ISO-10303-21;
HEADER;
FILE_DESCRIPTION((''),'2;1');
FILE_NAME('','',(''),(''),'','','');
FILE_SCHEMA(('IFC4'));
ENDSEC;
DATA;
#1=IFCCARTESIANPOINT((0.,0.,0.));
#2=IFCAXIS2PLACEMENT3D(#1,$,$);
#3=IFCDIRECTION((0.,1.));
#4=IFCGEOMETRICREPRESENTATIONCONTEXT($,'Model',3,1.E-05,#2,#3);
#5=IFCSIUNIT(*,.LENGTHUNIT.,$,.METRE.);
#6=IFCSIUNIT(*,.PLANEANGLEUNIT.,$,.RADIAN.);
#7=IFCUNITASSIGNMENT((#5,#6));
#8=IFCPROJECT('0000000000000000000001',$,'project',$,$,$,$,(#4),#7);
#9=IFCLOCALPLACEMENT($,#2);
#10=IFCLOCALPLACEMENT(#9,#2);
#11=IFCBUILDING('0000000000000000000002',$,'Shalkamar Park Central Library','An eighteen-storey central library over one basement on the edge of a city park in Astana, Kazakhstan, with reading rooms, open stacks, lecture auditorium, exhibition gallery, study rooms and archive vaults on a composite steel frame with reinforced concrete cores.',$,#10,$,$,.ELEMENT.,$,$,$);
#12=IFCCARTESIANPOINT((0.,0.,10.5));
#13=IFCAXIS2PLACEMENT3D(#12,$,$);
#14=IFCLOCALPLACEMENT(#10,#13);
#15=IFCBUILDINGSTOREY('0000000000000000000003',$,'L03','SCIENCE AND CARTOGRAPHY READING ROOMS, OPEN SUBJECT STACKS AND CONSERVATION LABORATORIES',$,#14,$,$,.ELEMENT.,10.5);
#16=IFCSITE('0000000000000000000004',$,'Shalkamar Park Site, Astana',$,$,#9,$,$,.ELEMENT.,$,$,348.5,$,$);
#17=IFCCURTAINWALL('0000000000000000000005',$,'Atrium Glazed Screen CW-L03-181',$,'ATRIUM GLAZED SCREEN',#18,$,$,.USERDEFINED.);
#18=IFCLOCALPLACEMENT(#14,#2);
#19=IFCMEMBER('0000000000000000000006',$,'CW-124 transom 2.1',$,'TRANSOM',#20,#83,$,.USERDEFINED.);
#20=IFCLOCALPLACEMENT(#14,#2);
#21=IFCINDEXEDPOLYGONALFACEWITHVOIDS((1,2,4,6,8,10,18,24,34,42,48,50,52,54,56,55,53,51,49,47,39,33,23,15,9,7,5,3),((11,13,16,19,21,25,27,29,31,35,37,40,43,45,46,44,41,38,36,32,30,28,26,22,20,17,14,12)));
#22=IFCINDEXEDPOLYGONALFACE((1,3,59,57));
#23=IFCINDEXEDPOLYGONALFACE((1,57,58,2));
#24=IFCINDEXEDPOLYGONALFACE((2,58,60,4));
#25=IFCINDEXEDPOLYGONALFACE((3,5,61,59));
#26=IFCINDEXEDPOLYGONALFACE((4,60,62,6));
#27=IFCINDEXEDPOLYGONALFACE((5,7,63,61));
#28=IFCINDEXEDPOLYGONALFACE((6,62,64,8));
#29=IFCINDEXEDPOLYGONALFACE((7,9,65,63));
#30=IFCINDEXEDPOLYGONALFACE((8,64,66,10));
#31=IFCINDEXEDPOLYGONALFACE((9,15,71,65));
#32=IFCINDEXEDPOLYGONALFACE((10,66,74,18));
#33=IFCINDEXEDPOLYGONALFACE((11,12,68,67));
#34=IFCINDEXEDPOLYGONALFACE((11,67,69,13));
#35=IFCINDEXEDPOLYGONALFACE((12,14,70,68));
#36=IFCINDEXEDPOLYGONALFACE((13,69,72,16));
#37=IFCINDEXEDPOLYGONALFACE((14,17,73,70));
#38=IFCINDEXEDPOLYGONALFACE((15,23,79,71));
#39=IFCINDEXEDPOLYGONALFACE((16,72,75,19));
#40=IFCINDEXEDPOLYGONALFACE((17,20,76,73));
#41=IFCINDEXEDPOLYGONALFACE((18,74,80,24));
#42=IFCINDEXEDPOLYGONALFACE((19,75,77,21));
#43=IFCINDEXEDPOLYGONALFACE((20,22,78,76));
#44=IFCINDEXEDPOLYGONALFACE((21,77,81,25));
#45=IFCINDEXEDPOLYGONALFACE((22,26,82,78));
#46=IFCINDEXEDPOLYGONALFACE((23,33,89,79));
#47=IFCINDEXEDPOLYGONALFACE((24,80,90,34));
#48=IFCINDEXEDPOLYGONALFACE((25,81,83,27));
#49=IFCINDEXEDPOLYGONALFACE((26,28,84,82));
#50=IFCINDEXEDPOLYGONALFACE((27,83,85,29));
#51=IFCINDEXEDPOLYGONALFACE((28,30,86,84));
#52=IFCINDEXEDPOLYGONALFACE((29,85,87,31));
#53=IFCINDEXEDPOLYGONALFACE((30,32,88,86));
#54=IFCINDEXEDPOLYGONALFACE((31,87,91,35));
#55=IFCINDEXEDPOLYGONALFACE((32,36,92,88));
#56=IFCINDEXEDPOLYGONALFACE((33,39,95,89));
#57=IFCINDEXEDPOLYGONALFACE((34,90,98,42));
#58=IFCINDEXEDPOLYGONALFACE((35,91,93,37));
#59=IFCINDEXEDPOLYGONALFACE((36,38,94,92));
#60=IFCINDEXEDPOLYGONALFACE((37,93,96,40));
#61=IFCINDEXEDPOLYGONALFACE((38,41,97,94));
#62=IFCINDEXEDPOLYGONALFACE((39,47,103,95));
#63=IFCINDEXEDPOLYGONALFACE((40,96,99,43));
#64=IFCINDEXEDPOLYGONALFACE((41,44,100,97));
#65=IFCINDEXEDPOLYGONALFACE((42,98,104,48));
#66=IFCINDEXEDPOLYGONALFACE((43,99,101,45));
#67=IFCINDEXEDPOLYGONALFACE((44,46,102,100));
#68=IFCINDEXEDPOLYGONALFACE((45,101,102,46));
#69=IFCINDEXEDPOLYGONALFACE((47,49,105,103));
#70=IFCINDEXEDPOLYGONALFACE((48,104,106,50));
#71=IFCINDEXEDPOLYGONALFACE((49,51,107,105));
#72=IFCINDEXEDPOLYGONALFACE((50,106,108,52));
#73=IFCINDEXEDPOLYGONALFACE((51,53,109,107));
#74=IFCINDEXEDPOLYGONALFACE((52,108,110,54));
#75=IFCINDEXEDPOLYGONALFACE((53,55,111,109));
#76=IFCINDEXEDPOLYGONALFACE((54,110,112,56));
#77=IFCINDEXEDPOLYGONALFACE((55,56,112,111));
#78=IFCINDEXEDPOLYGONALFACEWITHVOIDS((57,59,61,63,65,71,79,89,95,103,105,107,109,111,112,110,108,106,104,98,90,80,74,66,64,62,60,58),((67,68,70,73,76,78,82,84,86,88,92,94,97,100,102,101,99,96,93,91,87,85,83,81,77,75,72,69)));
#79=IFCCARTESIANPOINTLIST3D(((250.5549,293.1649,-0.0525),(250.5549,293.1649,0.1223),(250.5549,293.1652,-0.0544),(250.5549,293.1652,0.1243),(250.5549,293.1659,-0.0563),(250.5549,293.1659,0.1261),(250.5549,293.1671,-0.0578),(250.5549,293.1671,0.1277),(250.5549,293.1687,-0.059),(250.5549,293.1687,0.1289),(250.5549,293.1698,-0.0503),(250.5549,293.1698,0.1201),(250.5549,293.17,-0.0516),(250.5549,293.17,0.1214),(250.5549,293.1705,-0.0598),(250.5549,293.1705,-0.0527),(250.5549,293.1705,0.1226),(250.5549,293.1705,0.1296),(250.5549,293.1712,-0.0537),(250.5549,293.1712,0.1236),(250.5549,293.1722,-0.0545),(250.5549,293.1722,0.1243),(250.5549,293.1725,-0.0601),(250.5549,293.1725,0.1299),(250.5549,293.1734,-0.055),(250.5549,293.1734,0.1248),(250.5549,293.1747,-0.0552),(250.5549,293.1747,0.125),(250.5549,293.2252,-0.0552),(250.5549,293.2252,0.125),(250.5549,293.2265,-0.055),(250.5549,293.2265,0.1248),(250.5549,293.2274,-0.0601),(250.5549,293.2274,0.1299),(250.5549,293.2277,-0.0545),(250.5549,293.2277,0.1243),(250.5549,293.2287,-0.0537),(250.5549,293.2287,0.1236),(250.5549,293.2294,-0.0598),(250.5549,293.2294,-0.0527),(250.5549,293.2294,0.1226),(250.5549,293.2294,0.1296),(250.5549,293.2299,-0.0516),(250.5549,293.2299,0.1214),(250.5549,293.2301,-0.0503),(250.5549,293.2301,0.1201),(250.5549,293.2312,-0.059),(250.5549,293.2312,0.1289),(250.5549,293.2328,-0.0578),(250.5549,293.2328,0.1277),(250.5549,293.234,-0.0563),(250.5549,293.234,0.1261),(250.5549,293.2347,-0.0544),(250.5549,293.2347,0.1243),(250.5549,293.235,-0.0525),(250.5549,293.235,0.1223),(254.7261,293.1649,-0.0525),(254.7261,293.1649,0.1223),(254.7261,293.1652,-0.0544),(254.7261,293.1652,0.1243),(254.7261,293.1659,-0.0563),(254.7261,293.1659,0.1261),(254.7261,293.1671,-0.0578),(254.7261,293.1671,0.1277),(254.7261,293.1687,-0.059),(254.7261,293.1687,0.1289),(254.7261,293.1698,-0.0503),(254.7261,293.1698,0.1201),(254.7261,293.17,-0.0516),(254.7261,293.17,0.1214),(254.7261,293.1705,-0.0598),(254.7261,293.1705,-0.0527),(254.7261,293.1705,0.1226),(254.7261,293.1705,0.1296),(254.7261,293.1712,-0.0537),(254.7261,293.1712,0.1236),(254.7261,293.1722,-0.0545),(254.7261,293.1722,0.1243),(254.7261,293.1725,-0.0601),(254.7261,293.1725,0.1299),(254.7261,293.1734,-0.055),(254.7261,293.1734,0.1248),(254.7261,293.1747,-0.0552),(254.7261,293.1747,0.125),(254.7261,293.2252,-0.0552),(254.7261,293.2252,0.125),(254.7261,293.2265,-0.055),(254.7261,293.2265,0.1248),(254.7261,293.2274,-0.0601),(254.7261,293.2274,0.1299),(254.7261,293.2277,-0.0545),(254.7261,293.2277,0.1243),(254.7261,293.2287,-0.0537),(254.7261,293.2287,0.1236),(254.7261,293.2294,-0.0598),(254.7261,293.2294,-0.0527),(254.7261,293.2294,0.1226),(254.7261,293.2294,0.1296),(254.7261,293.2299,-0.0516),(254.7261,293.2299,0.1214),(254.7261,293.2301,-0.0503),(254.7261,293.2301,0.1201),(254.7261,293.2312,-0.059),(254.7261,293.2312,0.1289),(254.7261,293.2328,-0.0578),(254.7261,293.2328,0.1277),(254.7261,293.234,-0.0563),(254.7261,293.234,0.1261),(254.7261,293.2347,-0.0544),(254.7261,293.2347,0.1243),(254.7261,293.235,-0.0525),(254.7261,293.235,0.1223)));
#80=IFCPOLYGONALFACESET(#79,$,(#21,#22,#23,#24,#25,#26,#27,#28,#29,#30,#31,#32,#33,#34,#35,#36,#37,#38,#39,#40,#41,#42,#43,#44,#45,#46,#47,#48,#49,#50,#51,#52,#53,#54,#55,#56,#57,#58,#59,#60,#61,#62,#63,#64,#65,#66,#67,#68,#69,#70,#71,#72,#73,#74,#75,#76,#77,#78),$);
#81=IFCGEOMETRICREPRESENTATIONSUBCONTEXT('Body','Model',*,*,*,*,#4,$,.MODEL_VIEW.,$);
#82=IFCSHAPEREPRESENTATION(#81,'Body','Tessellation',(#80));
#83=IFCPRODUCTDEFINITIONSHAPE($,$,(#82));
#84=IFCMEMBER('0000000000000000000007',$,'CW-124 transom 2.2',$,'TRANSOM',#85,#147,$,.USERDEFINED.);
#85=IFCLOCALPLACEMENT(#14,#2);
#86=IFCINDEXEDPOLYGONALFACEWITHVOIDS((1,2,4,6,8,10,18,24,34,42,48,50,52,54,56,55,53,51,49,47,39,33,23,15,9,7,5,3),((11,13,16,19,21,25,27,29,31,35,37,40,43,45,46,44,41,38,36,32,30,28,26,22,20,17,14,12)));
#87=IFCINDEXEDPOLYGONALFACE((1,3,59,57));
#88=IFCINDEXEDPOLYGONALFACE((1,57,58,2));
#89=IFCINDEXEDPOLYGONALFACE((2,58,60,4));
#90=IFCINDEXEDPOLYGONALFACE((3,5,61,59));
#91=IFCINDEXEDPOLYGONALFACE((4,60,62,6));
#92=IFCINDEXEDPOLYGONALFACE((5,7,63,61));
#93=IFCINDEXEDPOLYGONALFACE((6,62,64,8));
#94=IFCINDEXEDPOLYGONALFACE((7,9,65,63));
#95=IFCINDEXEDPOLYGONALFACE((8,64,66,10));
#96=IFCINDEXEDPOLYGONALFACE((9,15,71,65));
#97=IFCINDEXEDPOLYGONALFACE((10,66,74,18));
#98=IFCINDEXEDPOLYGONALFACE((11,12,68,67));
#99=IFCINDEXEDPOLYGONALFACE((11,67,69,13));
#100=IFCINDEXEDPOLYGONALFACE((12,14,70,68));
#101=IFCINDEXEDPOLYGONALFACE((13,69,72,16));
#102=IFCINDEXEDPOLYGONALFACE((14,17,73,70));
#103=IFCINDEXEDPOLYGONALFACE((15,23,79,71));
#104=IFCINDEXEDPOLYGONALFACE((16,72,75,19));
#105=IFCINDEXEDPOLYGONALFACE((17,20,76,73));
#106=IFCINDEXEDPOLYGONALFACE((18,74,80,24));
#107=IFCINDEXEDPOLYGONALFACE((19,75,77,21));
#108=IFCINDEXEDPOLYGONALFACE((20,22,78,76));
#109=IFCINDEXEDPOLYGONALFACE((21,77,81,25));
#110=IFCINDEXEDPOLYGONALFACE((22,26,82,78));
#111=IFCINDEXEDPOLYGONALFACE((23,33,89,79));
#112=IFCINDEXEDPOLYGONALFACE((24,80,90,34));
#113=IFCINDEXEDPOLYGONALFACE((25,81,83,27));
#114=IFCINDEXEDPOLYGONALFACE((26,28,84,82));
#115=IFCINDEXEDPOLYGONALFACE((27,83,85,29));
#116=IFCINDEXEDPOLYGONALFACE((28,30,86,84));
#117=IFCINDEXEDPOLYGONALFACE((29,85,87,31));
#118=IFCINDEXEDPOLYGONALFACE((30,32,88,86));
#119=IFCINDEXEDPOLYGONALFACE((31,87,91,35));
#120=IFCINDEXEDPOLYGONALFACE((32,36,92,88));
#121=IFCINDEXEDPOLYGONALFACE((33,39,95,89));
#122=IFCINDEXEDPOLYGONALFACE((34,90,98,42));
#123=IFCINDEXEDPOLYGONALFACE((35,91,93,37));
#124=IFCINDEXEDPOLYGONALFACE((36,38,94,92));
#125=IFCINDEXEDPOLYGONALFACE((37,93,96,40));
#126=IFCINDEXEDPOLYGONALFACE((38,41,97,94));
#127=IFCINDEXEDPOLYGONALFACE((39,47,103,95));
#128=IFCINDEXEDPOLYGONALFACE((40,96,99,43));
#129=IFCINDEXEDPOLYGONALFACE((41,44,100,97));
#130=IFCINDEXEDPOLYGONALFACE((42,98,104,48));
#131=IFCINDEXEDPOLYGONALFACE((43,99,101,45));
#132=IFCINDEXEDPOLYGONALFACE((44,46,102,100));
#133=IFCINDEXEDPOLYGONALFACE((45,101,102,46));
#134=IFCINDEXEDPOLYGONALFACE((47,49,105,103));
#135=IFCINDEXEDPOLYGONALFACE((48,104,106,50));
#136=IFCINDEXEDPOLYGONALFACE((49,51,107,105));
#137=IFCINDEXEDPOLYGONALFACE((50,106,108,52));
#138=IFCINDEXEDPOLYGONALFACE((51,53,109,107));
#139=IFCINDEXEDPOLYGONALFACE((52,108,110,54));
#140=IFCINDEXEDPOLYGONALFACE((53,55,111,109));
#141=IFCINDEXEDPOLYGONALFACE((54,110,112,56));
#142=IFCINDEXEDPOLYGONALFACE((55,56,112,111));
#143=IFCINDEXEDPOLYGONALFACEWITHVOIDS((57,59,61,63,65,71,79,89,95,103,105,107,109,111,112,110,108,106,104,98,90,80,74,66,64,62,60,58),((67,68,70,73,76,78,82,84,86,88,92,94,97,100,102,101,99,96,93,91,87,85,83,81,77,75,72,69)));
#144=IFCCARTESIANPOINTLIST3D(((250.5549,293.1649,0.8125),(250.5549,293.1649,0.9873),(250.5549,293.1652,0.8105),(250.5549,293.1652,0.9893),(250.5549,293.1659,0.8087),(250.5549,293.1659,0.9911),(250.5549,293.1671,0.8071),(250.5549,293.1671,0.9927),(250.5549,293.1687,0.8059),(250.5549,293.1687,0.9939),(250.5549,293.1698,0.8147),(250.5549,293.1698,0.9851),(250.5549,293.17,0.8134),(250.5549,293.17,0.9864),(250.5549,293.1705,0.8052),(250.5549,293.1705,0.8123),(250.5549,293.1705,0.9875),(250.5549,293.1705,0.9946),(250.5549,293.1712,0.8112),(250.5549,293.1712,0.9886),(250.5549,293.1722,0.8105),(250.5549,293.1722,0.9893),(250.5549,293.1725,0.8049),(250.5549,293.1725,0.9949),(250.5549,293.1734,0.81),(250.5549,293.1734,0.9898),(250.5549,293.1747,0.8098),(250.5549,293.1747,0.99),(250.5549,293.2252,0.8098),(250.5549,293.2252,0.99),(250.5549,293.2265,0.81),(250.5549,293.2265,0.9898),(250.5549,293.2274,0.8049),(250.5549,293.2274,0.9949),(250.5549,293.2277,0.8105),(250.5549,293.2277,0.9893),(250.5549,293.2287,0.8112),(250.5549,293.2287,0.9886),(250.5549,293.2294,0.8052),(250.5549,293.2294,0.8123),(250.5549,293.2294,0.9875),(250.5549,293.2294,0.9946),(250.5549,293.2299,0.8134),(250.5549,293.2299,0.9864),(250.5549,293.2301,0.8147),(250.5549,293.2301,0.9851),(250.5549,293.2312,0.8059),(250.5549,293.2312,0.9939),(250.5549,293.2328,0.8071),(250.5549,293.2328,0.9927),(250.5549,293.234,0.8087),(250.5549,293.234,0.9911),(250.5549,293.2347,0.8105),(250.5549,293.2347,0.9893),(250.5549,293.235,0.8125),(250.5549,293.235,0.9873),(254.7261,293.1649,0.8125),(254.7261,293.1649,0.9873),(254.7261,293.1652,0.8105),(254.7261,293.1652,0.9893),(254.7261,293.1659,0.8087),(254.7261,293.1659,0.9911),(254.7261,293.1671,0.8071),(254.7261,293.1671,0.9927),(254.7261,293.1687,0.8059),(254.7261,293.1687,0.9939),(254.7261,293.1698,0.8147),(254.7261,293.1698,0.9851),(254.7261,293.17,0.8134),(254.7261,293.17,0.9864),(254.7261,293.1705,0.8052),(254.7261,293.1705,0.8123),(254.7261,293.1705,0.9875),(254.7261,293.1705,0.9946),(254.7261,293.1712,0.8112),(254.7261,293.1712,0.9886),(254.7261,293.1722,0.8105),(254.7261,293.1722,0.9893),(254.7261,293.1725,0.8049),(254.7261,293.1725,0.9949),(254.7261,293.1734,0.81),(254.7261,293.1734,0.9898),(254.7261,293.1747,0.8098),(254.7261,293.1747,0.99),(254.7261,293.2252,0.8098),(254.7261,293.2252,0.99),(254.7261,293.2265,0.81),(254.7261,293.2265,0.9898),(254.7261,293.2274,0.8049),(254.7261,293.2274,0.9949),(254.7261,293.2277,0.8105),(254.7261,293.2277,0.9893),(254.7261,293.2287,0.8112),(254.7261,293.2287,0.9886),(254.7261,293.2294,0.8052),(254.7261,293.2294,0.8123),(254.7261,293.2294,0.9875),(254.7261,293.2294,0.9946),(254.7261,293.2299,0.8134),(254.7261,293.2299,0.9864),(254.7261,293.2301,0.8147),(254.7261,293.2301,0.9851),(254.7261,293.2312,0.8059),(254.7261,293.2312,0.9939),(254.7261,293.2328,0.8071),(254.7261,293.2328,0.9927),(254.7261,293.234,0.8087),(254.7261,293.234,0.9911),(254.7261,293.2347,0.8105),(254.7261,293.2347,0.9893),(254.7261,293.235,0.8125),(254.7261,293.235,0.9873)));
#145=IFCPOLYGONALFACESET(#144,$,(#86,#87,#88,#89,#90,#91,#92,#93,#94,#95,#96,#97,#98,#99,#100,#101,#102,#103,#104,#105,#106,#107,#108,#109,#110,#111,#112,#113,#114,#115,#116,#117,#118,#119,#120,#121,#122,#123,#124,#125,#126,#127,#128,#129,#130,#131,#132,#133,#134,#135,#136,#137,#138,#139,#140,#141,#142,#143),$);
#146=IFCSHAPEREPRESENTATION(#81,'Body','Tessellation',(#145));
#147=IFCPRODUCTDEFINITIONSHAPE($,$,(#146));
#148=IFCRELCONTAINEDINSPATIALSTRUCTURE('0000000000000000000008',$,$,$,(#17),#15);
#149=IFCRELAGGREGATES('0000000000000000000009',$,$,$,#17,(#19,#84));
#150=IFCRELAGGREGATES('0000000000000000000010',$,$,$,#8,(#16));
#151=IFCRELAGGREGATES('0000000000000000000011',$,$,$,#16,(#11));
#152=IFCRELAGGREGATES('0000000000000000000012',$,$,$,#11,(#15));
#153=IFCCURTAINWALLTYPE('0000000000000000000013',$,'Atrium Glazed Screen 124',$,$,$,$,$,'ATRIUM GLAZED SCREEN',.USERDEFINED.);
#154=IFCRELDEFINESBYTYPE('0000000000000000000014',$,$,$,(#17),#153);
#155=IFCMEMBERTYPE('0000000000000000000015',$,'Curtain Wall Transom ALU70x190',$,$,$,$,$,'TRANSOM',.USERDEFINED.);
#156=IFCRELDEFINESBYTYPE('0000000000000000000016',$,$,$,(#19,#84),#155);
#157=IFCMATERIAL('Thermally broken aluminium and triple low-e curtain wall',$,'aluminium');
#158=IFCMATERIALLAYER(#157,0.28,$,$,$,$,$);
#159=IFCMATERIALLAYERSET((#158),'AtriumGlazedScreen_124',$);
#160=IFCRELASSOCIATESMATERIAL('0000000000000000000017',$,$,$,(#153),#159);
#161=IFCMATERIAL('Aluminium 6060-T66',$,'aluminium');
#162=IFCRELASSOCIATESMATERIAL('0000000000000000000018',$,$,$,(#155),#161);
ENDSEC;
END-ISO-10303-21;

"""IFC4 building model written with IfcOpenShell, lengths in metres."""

from ifc_helpers import new_model, si_unit, direction, frame, origin, origin_2d, place, context, subcontext, project, spatial, hollow_rectangle, extrude, material, layer, layer_set, material_profile, profile_set, type_object, element, aggregate, save


model = new_model("IFC4")

# Units and contexts
model_context = context("Model", 3, precision=1e-05, world=origin(), true_north=direction((0.0, 1.0)))
body_context = subcontext(model_context, "Body", "Model", "MODEL_VIEW")
ifc_project = project(units=[si_unit("LENGTHUNIT", "METRE"), si_unit("PLANEANGLEUNIT", "RADIAN")], contexts=[model_context])

# Site, building, storey
site_placement = place(None, origin())
site = spatial("IfcSite", under=ifc_project, at=site_placement, Name="Shalkamar Park Site, Astana", CompositionType="ELEMENT", RefElevation=348.5)
building_placement = place(site_placement, origin())
building = spatial("IfcBuilding", under=site, at=building_placement, Name="Shalkamar Park Central Library", Description="An eighteen-storey central library over one basement on the edge of a city park in Astana, Kazakhstan, with reading rooms, open stacks, lecture auditorium, exhibition gallery, study rooms and archive vaults on a composite steel frame with reinforced concrete cores.", CompositionType="ELEMENT")
storey_placement = place(building_placement, frame((0.0, 0.0, 10.5)))
storey = spatial("IfcBuildingStorey", under=building, at=storey_placement, Name="L03", Description="SCIENCE AND CARTOGRAPHY READING ROOMS, OPEN SUBJECT STACKS AND CONSERVATION LABORATORIES", CompositionType="ELEMENT", Elevation=10.5)

# Curtain wall, members
ifc_material_1 = material(Name="Thermally broken aluminium and triple low-e curtain wall", Category="aluminium")
ifc_layer_1 = layer(ifc_material_1, 0.28)
ifc_layer_set_1 = layer_set([ifc_layer_1], Name="AtriumGlazedScreen_124")
curtain_wall_type = type_object("IfcCurtainWallType", Name="Atrium Glazed Screen 124", ElementType="ATRIUM GLAZED SCREEN", PredefinedType="USERDEFINED", material=ifc_layer_set_1)
curtain_wall_placement = place(storey_placement, origin())
curtain_wall = element("IfcCurtainWall", 1, at=curtain_wall_placement, inside=storey, type_object=curtain_wall_type, Name="Atrium Glazed Screen CW-L03-181", ObjectType="ATRIUM GLAZED SCREEN", PredefinedType="USERDEFINED")
ifc_material_2 = material(Name="Aluminium 6060-T66", Category="aluminium")
ifc_material_profile_1 = material_profile(ifc_material_2, hollow_rectangle(XDim=0.0701, YDim=0.1899, WallThickness=0.0049, InnerFilletRadius=0.0049, OuterFilletRadius=0.0076, at=origin_2d()), Name="ALU 70x190x5")
ifc_profile_set_1 = profile_set([ifc_material_profile_1], Name="Aluminium 6060-T66")
member_type_1 = type_object("IfcMemberType", Name="Curtain Wall Transom ALU70x190", ElementType="TRANSOM", PredefinedType="USERDEFINED", material=ifc_profile_set_1)
member_1_placement = place(storey_placement, frame((250.5549, 293.2, 0.0349), z_axis=(1.0, 0.0, 0.0), x_axis=(0.0, 1.0, 0.0)))
member_1 = element("IfcMember", 2, at=member_1_placement, type_object=member_type_1, Name="CW-124 transom 2.1", ObjectType="TRANSOM", PredefinedType="USERDEFINED", context=body_context, shape_type="SweptSolid", body=[
    extrude(hollow_rectangle(XDim=0.0701, YDim=0.1899, WallThickness=0.0049, InnerFilletRadius=0.0049, OuterFilletRadius=0.0076, at=origin_2d()), origin(), (0.0, 0.0, 1.0), 4.1711),
])
member_2_placement = place(storey_placement, frame((250.5549, 293.2, 0.8999), z_axis=(1.0, 0.0, 0.0), x_axis=(0.0, 1.0, 0.0)))
member_2 = element("IfcMember", 3, at=member_2_placement, type_object=member_type_1, Name="CW-124 transom 2.2", ObjectType="TRANSOM", PredefinedType="USERDEFINED", context=body_context, shape_type="SweptSolid", body=[
    extrude(hollow_rectangle(XDim=0.0701, YDim=0.1899, WallThickness=0.0049, InnerFilletRadius=0.0049, OuterFilletRadius=0.0076, at=origin_2d()), origin(), (0.0, 0.0, 1.0), 4.1711),
])

aggregate(curtain_wall, [member_1, member_2])

save(model, "model.ifc")
